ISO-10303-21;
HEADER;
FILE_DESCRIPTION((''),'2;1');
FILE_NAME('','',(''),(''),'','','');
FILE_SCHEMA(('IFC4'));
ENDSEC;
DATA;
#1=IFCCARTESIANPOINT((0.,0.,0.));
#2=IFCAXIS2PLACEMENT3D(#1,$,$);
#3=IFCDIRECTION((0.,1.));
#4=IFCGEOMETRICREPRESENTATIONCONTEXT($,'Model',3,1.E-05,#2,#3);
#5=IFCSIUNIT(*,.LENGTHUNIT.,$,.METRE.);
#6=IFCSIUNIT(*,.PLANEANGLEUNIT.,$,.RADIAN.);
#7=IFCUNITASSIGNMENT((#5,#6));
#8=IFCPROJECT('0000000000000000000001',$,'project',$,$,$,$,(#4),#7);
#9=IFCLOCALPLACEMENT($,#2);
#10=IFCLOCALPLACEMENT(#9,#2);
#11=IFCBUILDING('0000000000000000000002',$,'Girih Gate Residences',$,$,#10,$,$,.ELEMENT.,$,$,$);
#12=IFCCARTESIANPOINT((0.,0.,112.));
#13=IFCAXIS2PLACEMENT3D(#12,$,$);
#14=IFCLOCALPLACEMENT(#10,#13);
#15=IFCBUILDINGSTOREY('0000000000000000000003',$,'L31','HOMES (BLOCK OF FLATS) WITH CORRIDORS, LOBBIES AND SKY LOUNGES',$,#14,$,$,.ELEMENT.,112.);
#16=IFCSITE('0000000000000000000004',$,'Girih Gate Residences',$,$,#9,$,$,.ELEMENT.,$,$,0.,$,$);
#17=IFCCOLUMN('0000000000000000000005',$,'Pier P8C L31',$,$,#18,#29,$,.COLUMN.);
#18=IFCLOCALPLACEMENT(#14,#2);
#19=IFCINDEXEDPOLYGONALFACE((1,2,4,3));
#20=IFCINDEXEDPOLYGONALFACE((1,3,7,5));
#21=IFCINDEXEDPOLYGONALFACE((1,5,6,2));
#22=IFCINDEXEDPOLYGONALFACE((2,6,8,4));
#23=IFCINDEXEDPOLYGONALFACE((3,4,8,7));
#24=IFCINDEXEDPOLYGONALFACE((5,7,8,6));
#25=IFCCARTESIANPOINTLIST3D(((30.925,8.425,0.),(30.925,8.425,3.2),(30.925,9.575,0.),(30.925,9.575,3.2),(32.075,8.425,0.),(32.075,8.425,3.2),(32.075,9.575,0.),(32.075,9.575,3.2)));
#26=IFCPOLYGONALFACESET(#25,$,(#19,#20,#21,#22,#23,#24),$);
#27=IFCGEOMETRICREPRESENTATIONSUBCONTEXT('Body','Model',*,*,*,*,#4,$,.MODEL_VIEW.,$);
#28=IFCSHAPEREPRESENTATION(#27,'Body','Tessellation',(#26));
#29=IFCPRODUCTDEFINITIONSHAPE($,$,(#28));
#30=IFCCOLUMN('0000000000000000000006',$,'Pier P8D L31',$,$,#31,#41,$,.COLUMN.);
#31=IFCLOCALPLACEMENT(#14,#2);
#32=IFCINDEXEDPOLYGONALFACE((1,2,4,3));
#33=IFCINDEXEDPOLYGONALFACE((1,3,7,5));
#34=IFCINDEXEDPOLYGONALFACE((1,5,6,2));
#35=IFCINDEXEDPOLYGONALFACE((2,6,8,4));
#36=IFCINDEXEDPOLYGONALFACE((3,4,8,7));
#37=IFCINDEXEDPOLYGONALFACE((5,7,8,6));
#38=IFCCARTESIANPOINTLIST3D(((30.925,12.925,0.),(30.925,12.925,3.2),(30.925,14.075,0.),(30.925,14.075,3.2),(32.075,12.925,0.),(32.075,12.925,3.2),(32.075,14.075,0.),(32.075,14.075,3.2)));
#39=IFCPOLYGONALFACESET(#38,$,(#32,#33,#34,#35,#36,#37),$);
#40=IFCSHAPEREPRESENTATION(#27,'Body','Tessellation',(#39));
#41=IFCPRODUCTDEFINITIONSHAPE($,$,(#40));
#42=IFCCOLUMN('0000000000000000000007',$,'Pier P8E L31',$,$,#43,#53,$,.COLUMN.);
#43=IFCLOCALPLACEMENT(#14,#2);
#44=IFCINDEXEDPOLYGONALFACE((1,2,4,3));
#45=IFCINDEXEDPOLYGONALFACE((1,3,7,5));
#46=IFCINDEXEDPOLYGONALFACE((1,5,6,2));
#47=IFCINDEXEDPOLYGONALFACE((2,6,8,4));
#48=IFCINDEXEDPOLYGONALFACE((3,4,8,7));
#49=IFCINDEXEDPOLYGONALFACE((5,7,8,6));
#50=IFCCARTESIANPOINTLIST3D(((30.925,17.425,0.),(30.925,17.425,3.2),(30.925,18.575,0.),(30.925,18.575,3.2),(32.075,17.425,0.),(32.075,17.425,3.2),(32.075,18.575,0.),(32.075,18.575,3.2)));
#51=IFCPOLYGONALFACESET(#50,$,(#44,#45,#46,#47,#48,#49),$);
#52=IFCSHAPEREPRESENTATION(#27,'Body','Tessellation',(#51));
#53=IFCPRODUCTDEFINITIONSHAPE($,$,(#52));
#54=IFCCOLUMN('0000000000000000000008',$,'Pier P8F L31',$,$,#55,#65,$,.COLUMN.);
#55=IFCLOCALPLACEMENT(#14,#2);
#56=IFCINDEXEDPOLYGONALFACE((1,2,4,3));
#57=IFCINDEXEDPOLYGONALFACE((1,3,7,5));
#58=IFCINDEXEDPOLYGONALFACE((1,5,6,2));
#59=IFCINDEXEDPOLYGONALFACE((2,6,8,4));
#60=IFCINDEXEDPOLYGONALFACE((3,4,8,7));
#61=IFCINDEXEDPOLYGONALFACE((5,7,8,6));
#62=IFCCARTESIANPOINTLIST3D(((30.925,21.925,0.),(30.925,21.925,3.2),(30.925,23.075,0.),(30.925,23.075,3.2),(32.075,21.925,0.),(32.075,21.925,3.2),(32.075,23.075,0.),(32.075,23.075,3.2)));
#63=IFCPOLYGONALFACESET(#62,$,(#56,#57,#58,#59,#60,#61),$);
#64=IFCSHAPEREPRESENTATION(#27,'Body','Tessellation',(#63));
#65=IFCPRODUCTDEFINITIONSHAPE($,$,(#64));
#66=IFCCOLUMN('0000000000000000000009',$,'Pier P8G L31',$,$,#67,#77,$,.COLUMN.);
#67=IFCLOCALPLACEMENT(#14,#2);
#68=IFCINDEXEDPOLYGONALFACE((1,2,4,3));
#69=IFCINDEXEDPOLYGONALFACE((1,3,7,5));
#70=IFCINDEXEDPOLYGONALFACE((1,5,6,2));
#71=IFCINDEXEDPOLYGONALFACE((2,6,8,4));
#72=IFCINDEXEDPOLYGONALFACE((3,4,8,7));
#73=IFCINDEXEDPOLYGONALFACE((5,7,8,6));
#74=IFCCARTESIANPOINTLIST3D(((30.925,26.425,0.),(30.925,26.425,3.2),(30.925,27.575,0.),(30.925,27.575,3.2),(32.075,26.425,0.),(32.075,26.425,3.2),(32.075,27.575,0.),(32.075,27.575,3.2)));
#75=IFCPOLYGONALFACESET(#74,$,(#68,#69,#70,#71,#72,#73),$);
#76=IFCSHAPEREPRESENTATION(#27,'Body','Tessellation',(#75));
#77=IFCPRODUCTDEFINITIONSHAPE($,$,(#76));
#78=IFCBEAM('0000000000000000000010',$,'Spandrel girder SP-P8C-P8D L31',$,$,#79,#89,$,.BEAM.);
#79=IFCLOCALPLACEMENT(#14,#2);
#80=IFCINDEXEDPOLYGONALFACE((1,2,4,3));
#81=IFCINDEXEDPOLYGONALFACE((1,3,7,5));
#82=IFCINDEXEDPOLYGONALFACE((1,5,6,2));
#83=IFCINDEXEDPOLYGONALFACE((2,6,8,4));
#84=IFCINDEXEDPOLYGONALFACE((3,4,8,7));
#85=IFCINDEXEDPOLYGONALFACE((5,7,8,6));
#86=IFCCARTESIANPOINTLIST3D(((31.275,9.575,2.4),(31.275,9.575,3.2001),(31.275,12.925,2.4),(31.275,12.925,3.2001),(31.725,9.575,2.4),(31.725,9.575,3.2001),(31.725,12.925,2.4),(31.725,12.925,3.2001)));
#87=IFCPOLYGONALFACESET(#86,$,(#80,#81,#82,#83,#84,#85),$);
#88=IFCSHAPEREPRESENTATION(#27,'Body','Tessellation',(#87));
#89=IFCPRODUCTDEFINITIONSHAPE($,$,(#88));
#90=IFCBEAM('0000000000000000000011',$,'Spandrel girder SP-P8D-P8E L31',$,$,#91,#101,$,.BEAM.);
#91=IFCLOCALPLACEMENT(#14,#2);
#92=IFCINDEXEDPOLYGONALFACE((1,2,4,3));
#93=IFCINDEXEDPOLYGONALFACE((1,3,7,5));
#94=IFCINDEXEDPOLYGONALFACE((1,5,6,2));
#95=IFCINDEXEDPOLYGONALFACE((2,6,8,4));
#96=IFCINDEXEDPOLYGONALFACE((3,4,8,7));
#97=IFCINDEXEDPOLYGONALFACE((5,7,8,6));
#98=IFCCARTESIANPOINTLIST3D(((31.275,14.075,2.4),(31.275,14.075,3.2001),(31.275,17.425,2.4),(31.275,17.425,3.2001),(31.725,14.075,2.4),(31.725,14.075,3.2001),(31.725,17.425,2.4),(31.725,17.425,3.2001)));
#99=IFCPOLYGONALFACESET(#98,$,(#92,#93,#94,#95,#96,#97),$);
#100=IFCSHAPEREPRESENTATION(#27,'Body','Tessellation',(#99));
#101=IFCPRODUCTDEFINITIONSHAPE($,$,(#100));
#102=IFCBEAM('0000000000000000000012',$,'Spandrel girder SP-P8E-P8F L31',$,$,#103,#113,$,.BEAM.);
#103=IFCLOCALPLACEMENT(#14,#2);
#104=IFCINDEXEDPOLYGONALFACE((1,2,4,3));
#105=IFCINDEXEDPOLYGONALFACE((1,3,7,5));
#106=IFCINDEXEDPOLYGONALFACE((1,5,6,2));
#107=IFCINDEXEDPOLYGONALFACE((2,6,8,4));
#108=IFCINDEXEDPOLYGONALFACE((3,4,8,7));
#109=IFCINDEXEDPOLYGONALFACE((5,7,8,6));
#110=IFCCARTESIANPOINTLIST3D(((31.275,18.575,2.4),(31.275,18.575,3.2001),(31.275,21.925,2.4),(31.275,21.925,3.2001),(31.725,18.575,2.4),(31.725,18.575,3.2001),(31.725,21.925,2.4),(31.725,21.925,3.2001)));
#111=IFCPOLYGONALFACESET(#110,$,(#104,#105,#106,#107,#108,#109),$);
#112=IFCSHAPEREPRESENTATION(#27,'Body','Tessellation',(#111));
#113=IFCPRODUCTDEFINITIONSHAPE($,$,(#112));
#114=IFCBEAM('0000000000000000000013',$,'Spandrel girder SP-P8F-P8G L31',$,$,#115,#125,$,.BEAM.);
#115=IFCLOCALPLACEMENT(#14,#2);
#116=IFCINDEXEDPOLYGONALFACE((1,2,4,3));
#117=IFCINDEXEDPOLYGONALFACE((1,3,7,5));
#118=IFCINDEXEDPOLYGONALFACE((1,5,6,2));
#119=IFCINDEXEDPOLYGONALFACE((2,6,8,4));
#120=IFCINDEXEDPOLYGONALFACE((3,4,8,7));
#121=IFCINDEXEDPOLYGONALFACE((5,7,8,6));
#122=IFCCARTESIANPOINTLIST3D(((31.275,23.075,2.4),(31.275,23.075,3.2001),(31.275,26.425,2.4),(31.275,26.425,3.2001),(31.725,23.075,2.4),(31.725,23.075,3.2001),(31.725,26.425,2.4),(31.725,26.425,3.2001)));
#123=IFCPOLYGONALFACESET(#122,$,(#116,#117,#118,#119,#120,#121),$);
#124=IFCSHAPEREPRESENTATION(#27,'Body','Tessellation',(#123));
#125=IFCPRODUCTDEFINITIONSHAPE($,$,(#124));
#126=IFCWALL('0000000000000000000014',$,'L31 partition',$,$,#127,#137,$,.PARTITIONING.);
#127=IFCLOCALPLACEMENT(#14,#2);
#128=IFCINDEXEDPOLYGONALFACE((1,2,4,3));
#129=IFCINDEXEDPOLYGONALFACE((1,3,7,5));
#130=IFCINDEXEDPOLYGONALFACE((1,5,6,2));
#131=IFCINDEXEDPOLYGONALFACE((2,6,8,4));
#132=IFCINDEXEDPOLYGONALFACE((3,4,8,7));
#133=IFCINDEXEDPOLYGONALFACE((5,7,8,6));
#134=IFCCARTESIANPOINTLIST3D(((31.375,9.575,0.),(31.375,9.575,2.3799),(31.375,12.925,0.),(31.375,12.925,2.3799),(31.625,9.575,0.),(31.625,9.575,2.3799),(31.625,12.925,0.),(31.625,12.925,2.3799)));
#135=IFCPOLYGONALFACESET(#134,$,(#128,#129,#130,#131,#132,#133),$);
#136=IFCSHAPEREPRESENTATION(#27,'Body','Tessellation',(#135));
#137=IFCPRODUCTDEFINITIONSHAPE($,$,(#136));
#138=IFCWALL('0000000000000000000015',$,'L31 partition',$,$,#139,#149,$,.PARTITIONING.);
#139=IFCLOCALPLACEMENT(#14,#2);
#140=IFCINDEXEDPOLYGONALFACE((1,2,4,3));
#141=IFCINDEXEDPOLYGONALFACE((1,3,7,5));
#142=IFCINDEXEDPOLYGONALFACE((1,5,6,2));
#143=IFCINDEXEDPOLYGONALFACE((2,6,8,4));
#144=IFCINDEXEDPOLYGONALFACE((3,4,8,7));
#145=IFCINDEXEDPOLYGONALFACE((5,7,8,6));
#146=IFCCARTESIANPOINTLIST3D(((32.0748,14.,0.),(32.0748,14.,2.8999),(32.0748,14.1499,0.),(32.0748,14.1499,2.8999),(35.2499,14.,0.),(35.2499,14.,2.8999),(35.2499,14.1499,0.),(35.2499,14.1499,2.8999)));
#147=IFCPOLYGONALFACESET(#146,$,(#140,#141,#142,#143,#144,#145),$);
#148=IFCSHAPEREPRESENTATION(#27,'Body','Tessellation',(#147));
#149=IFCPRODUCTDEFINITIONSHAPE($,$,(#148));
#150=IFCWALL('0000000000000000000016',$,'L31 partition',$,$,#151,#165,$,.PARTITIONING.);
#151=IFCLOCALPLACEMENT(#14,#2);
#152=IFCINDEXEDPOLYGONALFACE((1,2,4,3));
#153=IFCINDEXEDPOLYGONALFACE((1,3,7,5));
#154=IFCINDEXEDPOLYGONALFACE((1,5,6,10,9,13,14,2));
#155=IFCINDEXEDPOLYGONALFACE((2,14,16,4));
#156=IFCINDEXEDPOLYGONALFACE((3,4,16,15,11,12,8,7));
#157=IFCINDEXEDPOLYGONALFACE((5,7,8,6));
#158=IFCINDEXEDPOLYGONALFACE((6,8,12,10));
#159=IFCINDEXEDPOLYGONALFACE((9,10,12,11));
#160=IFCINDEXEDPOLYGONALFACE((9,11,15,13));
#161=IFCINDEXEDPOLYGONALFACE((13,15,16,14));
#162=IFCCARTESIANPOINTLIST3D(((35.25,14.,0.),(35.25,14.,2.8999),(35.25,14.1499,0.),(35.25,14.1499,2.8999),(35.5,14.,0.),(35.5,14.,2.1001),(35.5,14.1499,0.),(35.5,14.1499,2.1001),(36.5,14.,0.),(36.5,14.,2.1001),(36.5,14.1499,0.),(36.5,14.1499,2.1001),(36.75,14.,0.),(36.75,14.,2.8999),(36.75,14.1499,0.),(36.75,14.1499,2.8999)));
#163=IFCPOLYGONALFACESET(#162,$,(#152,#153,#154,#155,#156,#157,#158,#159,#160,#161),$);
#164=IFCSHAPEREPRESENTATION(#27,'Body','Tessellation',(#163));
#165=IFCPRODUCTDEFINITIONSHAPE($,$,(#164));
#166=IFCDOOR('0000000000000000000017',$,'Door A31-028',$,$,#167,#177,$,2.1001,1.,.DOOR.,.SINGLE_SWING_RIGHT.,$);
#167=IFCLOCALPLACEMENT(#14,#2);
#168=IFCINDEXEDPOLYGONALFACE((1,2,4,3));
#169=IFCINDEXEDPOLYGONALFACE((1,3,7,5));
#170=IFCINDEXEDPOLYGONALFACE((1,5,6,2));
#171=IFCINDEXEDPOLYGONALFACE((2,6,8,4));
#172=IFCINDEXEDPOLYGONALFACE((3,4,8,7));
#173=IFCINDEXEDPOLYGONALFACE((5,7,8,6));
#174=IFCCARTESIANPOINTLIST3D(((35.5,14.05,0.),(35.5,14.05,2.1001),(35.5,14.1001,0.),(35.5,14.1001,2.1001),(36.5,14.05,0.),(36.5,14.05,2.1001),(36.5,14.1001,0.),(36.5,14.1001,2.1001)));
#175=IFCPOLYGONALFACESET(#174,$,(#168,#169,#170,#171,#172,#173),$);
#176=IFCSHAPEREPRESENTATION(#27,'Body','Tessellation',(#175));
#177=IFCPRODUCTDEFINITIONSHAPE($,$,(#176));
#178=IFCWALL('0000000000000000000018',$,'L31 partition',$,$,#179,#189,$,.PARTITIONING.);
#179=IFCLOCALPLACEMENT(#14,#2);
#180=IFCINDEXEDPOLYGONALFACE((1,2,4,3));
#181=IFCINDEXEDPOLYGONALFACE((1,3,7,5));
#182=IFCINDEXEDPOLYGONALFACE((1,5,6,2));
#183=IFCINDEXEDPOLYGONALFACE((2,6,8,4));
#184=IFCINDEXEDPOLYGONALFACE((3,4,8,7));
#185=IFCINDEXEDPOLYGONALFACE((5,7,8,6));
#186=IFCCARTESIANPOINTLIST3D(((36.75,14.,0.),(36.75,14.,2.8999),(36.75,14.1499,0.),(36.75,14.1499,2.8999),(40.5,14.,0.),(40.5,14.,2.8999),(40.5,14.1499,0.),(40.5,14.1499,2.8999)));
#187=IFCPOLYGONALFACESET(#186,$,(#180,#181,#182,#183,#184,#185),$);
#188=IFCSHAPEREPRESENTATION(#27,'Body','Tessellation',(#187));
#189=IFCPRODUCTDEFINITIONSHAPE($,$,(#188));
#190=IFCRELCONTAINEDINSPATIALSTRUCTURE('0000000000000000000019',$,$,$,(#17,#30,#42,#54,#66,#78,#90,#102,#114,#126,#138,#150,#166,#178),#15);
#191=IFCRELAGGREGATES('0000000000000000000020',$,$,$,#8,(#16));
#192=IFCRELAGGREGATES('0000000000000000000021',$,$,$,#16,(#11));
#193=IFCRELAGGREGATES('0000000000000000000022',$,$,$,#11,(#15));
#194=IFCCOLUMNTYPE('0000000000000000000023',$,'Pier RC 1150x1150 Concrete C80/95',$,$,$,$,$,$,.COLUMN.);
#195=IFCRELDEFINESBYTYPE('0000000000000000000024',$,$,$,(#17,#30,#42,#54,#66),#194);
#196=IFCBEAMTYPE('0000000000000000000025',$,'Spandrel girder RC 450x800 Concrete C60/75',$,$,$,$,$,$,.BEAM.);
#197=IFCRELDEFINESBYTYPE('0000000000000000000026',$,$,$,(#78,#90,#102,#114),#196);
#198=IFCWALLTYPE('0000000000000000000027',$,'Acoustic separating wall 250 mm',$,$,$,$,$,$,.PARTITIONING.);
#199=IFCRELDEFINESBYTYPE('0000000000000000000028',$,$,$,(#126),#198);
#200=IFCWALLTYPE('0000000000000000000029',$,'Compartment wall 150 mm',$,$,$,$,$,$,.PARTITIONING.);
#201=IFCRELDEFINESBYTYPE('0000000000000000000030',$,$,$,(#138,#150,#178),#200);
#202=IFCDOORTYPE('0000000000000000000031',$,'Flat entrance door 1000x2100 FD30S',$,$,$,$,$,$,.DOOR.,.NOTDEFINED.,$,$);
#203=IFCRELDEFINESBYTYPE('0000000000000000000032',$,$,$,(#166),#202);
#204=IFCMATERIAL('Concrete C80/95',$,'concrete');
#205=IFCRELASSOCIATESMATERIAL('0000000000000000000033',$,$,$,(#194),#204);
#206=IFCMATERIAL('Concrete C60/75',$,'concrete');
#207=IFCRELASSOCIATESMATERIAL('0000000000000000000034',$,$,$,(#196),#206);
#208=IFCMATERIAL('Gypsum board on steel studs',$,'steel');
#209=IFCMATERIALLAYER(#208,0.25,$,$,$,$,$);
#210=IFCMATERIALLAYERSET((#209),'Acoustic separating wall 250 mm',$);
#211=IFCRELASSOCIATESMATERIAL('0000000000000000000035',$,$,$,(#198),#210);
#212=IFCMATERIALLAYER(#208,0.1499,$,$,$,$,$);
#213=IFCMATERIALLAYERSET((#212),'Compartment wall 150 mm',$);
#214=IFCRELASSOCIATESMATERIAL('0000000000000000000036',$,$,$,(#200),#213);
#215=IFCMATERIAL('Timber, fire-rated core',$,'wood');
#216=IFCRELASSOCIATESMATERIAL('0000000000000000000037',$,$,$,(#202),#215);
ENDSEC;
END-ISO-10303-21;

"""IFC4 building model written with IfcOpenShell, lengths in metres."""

from ifc_helpers import new_model, si_unit, direction, frame, frame_2d, origin, origin_2d, place, context, subcontext, project, spatial, rectangle, extrude, material, layer, layer_set, material_profile, profile_set, type_object, element, fill, save


model = new_model("IFC4")

# Units and contexts
model_context = context("Model", 3, precision=1e-05, world=origin(), true_north=direction((0.0, 1.0)))
body_context = subcontext(model_context, "Body", "Model", "MODEL_VIEW")
ifc_project = project(units=[si_unit("LENGTHUNIT", "METRE"), si_unit("PLANEANGLEUNIT", "RADIAN")], contexts=[model_context])

# Site, building, storey
site_placement = place(None, origin())
site = spatial("IfcSite", under=ifc_project, at=site_placement, Name="Girih Gate Residences", CompositionType="ELEMENT", RefElevation=0.0)
building_placement = place(site_placement, origin())
building = spatial("IfcBuilding", under=site, at=building_placement, Name="Girih Gate Residences", CompositionType="ELEMENT")
storey_placement = place(building_placement, frame((0.0, 0.0, 112.0)))
storey = spatial("IfcBuildingStorey", under=building, at=storey_placement, Name="L31", Description="HOMES (BLOCK OF FLATS) WITH CORRIDORS, LOBBIES AND SKY LOUNGES", CompositionType="ELEMENT", Elevation=112.0)

# Columns
ifc_material_1 = material(Name="Concrete C80/95", Category="concrete")
ifc_material_profile_1 = material_profile(ifc_material_1, rectangle(XDim=1.1499, YDim=1.1499, at=origin_2d()))
ifc_profile_set_1 = profile_set([ifc_material_profile_1], Name="Concrete C80/95")
column_type = type_object("IfcColumnType", Name="Pier RC 1150x1150 Concrete C80/95", PredefinedType="COLUMN", material=ifc_profile_set_1)
for number, where, z_axis, x_axis, name in (
    (1, (31.5, 9.0, 0.0), (0.0, 0.0, 1.0), (1.0, 0.0, 0.0), "Pier P8C L31"),
    (2, (31.5, 13.5, 0.0), (0.0, 0.0, 1.0), (1.0, 0.0, 0.0), "Pier P8D L31"),
    (3, (31.5, 18.0, 0.0), (0.0, 0.0, 1.0), (1.0, 0.0, 0.0), "Pier P8E L31"),
    (4, (31.5, 22.5, 0.0), (0.0, 0.0, 1.0), (1.0, 0.0, 0.0), "Pier P8F L31"),
    (5, (31.5, 27.0, 0.0), (0.0, 0.0, 1.0), (1.0, 0.0, 0.0), "Pier P8G L31"),
):
    element("IfcColumn", number, at=place(storey_placement, frame(where, z_axis=z_axis, x_axis=x_axis)), inside=storey, type_object=column_type, Name=name, PredefinedType="COLUMN", context=body_context, shape_type="SweptSolid", body=[
        extrude(rectangle(XDim=1.1499, YDim=1.1499, at=origin_2d()), origin(), (0.0, 0.0, 1.0), 3.2),
    ])

# Beams
ifc_material_2 = material(Name="Concrete C60/75", Category="concrete")
ifc_material_profile_2 = material_profile(ifc_material_2, rectangle(XDim=0.45, YDim=0.8, at=origin_2d()))
ifc_profile_set_2 = profile_set([ifc_material_profile_2], Name="Concrete C60/75")
beam_type = type_object("IfcBeamType", Name="Spandrel girder RC 450x800 Concrete C60/75", PredefinedType="BEAM", material=ifc_profile_set_2)
for number, where, z_axis, x_axis, name in (
    (6, (31.5, 9.575, 2.8), (0.0, 1.0, 0.0), (-1.0, 0.0, 0.0), "Spandrel girder SP-P8C-P8D L31"),
    (7, (31.5, 14.075, 2.8), (0.0, 1.0, 0.0), (-1.0, 0.0, 0.0), "Spandrel girder SP-P8D-P8E L31"),
    (8, (31.5, 18.575, 2.8), (0.0, 1.0, 0.0), (-1.0, 0.0, 0.0), "Spandrel girder SP-P8E-P8F L31"),
    (9, (31.5, 23.075, 2.8), (0.0, 1.0, 0.0), (-1.0, 0.0, 0.0), "Spandrel girder SP-P8F-P8G L31"),
):
    element("IfcBeam", number, at=place(storey_placement, frame(where, z_axis=z_axis, x_axis=x_axis)), inside=storey, type_object=beam_type, Name=name, PredefinedType="BEAM", context=body_context, shape_type="SweptSolid", body=[
        extrude(rectangle(XDim=0.45, YDim=0.8, at=origin_2d()), origin(), (0.0, 0.0, 1.0), 3.3501),
    ])

# Walls
ifc_material_3 = material(Name="Gypsum board on steel studs", Category="steel")
ifc_layer_1 = layer(ifc_material_3, 0.25)
ifc_layer_set_1 = layer_set([ifc_layer_1], Name="Acoustic separating wall 250 mm")
wall_type_1 = type_object("IfcWallType", Name="Acoustic separating wall 250 mm", PredefinedType="PARTITIONING", material=ifc_layer_set_1)
wall_1_placement = place(storey_placement, frame((31.5, 9.575, 0.0), z_axis=(0.0, 0.0, 1.0), x_axis=(0.0, 1.0, 0.0)))
element("IfcWall", 10, at=wall_1_placement, inside=storey, type_object=wall_type_1, Name="L31 partition", PredefinedType="PARTITIONING", context=body_context, shape_type="SweptSolid", body=[
    extrude(rectangle(XDim=3.3501, YDim=0.25, at=frame_2d((1.675, 0.0))), origin(), (0.0, 0.0, 1.0), 2.3799),
])
ifc_layer_2 = layer(ifc_material_3, 0.1499)
ifc_layer_set_2 = layer_set([ifc_layer_2], Name="Compartment wall 150 mm")
wall_type_2 = type_object("IfcWallType", Name="Compartment wall 150 mm", PredefinedType="PARTITIONING", material=ifc_layer_set_2)
wall_2_placement = place(storey_placement, frame((32.075, 14.075, 0.0), z_axis=(0.0, 0.0, 1.0), x_axis=(1.0, 0.0, 0.0)))
element("IfcWall", 11, at=wall_2_placement, inside=storey, type_object=wall_type_2, Name="L31 partition", PredefinedType="PARTITIONING", context=body_context, shape_type="SweptSolid", body=[
    extrude(rectangle(XDim=3.175, YDim=0.1499, at=frame_2d((1.5874, 0.0))), origin(), (0.0, 0.0, 1.0), 2.8999),
])

# Wall, opening, door
wall_3_placement = place(storey_placement, frame((36.75, 14.075, 0.0), z_axis=(0.0, 0.0, 1.0), x_axis=(-1.0, 0.0, 0.0)))
wall_3 = element("IfcWall", 12, at=wall_3_placement, inside=storey, type_object=wall_type_2, Name="L31 partition", PredefinedType="PARTITIONING", context=body_context, shape_type="SweptSolid", body=[
    extrude(rectangle(XDim=1.5, YDim=0.1499, at=frame_2d((0.75, 0.0))), origin(), (0.0, 0.0, 1.0), 2.8999),
])
opening_1_placement = place(wall_3_placement, frame((0.25, 0.0, 0.0)))
opening_1 = element("IfcOpeningElement", 13, at=opening_1_placement, cuts=wall_3, PredefinedType="OPENING", context=body_context, shape_type="SweptSolid", body=[
    extrude(rectangle(XDim=1.0, YDim=2.1001, at=frame_2d((0.5, 1.05))), frame((0.0, 0.085, 0.0), z_axis=(0.0, -1.0, 0.0), x_axis=(1.0, 0.0, 0.0)), (0.0, 0.0, 1.0), 0.1699),
])
ifc_material_4 = material(Name="Timber, fire-rated core", Category="wood")
door_type_1 = type_object("IfcDoorType", Name="Flat entrance door 1000x2100 FD30S", OperationType="NOTDEFINED", PredefinedType="DOOR", material=ifc_material_4)
door_1_placement = place(opening_1_placement, origin())
door_1 = element("IfcDoor", 14, at=door_1_placement, inside=storey, type_object=door_type_1, Name="Door A31-028", OperationType="SINGLE_SWING_RIGHT", OverallHeight=2.1001, OverallWidth=1.0, PredefinedType="DOOR", context=body_context, shape_type="SweptSolid", body=[
    extrude(rectangle(XDim=1.0, YDim=2.1001, at=frame_2d((0.5, 1.05))), frame((0.0, 0.0249, 0.0), z_axis=(0.0, -1.0, 0.0), x_axis=(1.0, 0.0, 0.0)), (0.0, 0.0, 1.0), 0.05),
])
fill(opening_1, door_1)

# Wall
wall_4_placement = place(storey_placement, frame((36.75, 14.075, 0.0), z_axis=(0.0, 0.0, 1.0), x_axis=(1.0, 0.0, 0.0)))
element("IfcWall", 15, at=wall_4_placement, inside=storey, type_object=wall_type_2, Name="L31 partition", PredefinedType="PARTITIONING", context=body_context, shape_type="SweptSolid", body=[
    extrude(rectangle(XDim=3.75, YDim=0.1499, at=frame_2d((1.875, 0.0))), origin(), (0.0, 0.0, 1.0), 2.8999),
])

save(model, "model.ifc")
